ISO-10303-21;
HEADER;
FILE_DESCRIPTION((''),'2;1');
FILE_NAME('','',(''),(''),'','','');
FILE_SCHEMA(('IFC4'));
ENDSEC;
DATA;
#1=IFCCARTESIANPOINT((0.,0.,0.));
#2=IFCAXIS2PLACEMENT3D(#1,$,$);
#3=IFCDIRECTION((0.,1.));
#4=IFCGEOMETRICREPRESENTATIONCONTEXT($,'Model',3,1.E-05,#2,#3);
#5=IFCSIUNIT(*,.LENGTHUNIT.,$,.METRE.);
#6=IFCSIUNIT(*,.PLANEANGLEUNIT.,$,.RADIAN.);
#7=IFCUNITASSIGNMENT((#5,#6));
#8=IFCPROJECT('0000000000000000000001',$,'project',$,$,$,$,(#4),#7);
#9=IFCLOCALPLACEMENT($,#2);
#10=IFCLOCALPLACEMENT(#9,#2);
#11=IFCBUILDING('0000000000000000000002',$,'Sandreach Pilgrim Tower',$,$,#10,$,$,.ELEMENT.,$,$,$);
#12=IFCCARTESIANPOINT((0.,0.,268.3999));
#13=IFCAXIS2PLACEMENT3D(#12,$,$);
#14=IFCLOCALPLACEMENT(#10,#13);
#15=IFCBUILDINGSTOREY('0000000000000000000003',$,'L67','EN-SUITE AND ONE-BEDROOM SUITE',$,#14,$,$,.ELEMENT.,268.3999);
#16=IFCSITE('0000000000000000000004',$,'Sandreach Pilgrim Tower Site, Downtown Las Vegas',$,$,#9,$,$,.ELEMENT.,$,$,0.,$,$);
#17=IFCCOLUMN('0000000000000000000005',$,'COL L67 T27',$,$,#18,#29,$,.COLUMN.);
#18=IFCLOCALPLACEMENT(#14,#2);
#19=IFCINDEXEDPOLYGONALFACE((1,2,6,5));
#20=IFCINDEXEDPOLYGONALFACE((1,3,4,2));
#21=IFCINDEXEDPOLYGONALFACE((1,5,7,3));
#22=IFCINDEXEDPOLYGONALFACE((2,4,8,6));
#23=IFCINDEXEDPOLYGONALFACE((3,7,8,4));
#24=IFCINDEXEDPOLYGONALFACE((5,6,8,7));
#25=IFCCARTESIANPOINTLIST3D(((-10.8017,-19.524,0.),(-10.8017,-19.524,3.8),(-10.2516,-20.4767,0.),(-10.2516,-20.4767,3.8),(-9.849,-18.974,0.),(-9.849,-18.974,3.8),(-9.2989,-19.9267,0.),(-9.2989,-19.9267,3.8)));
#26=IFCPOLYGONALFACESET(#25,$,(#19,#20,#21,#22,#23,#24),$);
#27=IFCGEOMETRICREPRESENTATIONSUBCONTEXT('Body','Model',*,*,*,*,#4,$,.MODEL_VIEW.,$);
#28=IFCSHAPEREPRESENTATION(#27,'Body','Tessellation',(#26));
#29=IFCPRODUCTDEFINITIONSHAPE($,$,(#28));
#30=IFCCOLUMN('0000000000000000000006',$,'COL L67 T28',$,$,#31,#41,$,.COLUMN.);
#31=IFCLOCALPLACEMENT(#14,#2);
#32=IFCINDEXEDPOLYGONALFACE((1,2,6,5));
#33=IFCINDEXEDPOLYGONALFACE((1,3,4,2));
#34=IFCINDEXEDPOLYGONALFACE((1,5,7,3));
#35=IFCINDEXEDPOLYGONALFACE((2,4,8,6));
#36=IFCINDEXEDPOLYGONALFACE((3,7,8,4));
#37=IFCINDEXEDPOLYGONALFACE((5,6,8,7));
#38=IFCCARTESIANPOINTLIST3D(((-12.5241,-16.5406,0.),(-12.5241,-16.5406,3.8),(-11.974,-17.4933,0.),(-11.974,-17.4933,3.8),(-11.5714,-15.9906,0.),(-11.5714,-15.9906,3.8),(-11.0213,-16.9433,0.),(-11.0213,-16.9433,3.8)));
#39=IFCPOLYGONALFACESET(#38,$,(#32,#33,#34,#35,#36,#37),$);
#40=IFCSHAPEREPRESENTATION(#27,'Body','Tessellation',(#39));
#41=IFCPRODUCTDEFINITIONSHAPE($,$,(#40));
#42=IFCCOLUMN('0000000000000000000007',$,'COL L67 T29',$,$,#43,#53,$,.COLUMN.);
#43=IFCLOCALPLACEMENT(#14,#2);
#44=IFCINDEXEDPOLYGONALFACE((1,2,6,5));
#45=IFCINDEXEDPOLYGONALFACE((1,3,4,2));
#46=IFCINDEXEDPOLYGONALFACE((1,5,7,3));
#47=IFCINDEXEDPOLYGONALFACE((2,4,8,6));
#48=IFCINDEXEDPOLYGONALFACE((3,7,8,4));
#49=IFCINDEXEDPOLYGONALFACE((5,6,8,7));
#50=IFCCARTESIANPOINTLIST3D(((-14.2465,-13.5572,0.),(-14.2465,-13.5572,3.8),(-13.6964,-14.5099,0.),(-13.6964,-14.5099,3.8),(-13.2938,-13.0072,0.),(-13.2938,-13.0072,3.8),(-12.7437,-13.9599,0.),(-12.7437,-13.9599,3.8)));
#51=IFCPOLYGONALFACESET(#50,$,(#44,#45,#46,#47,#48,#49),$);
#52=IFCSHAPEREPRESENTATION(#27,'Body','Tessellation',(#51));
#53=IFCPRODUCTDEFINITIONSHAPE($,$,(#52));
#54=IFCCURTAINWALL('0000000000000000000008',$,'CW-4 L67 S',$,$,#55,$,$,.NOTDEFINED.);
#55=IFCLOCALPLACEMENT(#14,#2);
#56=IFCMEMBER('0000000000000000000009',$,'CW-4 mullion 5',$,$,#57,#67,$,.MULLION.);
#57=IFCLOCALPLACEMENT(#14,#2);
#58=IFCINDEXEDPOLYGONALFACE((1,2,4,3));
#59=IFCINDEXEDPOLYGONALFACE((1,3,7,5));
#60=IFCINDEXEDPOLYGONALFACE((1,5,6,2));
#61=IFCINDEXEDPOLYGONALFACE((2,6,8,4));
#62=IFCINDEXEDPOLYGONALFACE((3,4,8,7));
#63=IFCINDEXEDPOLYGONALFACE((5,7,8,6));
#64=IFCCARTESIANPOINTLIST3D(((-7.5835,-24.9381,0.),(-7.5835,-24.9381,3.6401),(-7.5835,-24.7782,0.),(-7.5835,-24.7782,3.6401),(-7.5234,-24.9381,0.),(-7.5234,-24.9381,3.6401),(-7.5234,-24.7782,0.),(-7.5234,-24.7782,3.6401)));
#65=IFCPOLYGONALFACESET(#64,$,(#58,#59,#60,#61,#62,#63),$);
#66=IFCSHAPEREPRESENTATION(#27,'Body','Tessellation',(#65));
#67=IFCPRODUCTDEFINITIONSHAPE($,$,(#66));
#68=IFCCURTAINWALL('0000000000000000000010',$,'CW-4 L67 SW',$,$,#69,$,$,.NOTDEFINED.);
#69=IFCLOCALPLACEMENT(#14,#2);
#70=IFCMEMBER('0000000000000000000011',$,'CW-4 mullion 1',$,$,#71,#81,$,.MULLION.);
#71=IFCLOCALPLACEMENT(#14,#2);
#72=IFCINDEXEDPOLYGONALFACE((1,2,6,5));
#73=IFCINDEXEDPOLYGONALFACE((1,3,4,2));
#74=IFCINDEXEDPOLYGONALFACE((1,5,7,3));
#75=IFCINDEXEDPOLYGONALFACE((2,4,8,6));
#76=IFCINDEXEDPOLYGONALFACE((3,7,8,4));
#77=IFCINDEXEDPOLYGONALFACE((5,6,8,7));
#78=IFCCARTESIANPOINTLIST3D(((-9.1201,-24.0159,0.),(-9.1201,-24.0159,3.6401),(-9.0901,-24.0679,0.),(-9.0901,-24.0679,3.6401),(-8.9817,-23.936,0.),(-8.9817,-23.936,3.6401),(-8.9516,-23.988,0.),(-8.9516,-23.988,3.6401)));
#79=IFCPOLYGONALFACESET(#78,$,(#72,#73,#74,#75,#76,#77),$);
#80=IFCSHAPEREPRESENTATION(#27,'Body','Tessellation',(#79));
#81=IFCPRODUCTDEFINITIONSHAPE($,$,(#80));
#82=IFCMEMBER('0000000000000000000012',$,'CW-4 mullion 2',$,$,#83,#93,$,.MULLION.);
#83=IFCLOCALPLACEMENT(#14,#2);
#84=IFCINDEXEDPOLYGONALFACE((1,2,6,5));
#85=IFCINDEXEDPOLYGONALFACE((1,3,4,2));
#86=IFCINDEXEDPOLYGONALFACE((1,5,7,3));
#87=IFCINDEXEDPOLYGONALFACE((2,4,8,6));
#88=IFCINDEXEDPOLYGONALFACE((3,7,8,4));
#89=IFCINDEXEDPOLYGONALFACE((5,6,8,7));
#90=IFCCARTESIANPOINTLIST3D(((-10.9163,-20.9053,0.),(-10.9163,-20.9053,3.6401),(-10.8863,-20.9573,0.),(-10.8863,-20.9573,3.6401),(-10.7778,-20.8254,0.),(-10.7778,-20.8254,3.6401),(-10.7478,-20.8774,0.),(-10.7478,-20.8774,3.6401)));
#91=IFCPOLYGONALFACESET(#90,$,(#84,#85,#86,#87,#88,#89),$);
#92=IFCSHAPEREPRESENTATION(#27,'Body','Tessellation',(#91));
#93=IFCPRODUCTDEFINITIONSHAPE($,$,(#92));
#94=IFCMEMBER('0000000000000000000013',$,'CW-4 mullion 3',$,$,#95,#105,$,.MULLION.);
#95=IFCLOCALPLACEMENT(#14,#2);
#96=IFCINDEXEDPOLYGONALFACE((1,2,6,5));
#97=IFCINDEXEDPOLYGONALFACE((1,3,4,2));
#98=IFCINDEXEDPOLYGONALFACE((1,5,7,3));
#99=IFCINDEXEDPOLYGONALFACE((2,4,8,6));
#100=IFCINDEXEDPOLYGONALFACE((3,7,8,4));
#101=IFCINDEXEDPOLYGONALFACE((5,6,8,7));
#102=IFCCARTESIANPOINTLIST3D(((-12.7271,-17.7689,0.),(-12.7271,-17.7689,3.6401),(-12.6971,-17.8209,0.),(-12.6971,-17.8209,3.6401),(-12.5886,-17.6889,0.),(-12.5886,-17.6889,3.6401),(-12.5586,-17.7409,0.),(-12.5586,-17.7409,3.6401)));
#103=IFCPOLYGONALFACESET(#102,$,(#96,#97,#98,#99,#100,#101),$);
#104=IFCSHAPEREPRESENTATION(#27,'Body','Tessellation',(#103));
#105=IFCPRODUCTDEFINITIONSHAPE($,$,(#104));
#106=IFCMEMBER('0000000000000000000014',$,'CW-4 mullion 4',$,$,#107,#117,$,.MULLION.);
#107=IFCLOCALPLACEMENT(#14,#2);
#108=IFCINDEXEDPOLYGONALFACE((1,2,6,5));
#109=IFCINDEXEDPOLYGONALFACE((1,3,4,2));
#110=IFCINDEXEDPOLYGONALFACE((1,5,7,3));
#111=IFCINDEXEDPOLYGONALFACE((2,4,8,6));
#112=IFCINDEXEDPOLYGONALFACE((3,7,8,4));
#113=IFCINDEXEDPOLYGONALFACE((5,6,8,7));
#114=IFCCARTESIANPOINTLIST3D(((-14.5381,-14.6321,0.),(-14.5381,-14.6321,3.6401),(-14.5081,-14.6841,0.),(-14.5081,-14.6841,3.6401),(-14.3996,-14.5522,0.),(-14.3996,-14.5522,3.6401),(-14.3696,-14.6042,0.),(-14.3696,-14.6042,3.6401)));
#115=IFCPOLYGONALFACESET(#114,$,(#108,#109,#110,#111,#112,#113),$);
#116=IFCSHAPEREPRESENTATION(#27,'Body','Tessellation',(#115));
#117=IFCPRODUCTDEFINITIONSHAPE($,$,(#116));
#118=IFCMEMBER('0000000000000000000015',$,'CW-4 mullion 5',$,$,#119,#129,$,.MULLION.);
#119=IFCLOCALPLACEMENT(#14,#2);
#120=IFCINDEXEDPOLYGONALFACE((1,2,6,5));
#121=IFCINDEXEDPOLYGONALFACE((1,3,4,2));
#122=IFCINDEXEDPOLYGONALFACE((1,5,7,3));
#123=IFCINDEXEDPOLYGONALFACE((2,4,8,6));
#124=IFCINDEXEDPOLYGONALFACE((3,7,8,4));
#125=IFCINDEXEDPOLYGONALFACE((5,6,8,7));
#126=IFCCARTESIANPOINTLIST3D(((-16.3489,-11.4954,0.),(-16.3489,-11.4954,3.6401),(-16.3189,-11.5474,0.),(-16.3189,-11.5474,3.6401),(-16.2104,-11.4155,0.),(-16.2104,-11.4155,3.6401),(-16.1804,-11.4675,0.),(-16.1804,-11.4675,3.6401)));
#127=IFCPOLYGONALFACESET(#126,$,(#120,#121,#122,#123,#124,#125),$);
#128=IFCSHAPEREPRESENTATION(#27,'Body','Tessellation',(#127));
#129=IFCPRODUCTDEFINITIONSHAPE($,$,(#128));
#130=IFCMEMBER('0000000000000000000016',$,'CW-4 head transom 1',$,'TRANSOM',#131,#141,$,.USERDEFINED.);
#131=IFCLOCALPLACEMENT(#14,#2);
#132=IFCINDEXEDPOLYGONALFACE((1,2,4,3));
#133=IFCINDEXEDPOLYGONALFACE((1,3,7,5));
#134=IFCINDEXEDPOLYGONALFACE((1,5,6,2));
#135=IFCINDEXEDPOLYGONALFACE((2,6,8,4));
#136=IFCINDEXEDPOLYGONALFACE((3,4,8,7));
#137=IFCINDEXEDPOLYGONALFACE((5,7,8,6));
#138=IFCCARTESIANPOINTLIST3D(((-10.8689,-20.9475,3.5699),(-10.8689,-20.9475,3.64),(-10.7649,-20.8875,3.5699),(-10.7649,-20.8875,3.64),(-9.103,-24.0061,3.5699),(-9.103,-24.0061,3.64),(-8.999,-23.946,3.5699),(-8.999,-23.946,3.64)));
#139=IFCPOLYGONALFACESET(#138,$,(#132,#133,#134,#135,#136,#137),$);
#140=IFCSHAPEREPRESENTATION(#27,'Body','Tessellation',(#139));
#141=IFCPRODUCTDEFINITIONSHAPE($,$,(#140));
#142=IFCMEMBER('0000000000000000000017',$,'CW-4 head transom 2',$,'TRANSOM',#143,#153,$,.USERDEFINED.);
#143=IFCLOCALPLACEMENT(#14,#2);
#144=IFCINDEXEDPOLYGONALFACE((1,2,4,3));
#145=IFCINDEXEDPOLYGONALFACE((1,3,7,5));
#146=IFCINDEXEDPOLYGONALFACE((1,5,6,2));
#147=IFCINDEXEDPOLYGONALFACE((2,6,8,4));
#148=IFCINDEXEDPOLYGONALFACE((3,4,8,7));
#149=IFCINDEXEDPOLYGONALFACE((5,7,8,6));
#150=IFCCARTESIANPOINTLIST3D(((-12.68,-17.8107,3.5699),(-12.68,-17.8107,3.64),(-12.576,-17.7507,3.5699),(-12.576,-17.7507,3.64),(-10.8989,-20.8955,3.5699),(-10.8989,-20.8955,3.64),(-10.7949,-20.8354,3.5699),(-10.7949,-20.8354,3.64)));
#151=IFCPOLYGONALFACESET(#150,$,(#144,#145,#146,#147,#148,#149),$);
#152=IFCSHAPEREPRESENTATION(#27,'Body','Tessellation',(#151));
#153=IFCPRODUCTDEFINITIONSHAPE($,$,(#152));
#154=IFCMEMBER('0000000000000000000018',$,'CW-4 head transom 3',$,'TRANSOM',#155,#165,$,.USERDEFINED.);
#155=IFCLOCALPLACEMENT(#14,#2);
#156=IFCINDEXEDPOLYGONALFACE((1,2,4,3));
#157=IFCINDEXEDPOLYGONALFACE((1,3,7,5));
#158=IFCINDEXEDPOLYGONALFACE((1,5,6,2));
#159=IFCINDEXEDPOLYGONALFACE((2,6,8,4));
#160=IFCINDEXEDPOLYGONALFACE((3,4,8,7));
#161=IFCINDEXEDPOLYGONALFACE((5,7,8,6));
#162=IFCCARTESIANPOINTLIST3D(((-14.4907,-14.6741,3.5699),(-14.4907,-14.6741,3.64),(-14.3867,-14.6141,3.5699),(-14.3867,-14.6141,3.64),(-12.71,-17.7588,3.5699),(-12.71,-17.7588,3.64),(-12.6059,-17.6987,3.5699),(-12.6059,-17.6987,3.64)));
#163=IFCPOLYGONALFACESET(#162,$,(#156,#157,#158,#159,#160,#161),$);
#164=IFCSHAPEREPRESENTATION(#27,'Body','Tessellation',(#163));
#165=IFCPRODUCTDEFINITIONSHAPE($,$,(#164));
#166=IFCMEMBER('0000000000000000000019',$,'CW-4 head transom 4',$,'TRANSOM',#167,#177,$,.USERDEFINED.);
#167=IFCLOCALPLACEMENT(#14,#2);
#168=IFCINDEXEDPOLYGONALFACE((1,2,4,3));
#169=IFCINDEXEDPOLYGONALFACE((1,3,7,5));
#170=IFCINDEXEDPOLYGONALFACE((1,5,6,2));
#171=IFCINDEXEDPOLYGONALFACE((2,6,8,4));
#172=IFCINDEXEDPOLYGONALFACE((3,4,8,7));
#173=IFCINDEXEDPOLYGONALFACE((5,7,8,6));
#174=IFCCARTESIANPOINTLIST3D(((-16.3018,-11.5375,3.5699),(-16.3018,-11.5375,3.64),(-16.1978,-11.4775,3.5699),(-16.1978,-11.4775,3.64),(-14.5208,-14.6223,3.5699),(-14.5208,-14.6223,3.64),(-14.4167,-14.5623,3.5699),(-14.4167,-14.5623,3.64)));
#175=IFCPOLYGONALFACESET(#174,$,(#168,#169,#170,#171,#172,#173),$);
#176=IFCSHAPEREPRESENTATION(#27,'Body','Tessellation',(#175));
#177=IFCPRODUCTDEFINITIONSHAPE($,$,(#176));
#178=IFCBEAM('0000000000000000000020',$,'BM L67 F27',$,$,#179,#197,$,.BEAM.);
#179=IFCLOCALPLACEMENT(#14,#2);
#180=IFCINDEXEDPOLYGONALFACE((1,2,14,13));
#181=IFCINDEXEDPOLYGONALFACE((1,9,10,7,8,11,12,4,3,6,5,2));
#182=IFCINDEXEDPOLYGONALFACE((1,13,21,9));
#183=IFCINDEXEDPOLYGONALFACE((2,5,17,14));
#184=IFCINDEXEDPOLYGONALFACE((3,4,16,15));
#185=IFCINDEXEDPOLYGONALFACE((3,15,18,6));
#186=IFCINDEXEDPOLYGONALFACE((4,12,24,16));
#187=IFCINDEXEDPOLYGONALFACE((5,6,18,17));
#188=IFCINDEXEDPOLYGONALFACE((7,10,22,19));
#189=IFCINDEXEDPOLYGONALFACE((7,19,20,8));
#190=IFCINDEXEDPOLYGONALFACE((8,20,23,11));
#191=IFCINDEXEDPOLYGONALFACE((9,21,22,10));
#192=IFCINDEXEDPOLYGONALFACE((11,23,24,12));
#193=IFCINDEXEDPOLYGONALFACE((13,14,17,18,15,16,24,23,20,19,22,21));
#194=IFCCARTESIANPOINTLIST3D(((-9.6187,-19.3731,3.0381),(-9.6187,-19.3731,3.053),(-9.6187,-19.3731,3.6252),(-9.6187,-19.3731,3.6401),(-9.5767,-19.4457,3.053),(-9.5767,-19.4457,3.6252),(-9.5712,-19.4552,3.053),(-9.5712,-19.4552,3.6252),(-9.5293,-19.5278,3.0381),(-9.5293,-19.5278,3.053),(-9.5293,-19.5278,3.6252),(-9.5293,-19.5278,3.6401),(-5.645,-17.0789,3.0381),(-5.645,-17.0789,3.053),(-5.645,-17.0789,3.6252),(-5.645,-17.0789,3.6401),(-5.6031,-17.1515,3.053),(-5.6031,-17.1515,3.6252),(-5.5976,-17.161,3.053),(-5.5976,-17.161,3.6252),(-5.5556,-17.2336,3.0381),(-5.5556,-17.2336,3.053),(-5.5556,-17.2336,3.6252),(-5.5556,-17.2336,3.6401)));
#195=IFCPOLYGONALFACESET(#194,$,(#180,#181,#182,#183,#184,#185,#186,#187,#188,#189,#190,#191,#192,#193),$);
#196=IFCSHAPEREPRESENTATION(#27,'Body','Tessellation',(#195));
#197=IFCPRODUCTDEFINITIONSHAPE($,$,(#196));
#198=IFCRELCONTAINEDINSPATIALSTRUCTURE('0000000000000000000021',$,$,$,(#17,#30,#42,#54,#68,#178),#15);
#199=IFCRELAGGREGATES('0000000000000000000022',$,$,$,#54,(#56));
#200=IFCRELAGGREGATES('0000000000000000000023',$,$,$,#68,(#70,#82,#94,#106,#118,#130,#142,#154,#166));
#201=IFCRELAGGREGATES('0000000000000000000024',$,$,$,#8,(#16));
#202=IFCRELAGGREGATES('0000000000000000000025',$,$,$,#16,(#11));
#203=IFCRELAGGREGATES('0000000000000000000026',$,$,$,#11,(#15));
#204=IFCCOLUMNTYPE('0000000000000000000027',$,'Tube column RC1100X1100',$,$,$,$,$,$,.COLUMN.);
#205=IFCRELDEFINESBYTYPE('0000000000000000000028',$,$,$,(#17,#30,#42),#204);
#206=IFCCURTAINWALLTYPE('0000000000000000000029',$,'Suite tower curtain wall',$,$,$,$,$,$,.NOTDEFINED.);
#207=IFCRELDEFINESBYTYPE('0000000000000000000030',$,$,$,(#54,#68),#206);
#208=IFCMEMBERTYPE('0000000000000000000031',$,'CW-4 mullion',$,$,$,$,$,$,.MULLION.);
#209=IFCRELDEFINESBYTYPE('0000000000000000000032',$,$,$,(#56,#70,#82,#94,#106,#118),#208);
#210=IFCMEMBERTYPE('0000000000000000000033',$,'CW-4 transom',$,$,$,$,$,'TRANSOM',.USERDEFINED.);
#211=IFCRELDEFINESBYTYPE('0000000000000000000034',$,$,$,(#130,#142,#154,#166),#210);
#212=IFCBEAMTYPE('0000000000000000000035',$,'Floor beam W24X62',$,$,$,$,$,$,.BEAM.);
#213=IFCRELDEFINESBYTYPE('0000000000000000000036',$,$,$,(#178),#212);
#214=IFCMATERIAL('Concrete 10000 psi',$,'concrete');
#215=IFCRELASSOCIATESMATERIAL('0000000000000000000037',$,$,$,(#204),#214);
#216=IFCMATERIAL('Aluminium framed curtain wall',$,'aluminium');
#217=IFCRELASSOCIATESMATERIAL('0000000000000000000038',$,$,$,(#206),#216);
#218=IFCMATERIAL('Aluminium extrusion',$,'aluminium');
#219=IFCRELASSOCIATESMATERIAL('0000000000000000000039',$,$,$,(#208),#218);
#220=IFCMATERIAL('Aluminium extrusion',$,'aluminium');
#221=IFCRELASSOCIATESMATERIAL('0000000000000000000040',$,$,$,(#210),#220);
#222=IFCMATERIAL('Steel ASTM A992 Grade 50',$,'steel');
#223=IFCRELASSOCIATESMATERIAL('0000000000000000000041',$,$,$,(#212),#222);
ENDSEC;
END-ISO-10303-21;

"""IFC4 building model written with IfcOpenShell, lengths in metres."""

from ifc_helpers import new_model, si_unit, direction, frame, origin, origin_2d, place, context, subcontext, project, spatial, rectangle, i_section, extrude, material, material_profile, profile_set, type_object, element, aggregate, save


model = new_model("IFC4")

# Units and contexts
model_context = context("Model", 3, precision=1e-05, world=origin(), true_north=direction((0.0, 1.0)))
body_context = subcontext(model_context, "Body", "Model", "MODEL_VIEW")
ifc_project = project(units=[si_unit("LENGTHUNIT", "METRE"), si_unit("PLANEANGLEUNIT", "RADIAN")], contexts=[model_context])

# Site, building, storey
site_placement = place(None, origin())
site = spatial("IfcSite", under=ifc_project, at=site_placement, Name="Sandreach Pilgrim Tower Site, Downtown Las Vegas", CompositionType="ELEMENT", RefElevation=0.0)
building_placement = place(site_placement, origin())
building = spatial("IfcBuilding", under=site, at=building_placement, Name="Sandreach Pilgrim Tower", CompositionType="ELEMENT")
storey_placement = place(building_placement, frame((0.0, 0.0, 268.3999)))
storey = spatial("IfcBuildingStorey", under=building, at=storey_placement, Name="L67", Description="EN-SUITE AND ONE-BEDROOM SUITE", CompositionType="ELEMENT", Elevation=268.3999)

# Columns
ifc_material_1 = material(Name="Concrete 10000 psi", Category="concrete")
ifc_material_profile_1 = material_profile(ifc_material_1, rectangle(XDim=1.1001, YDim=1.1001, at=origin_2d()), Name="RC1100X1100")
ifc_profile_set_1 = profile_set([ifc_material_profile_1], Name="Concrete 10000 psi")
column_type = type_object("IfcColumnType", Name="Tube column RC1100X1100", PredefinedType="COLUMN", material=ifc_profile_set_1)
for number, where, z_axis, x_axis, name in (
    (1, (-10.0503, -19.7253, 0.0), (0.0, 0.0, 1.0), (-0.866025, -0.5, 0.0), "COL L67 T27"),
    (2, (-11.7727, -16.7419, 0.0), (0.0, 0.0, 1.0), (-0.866025, -0.5, 0.0), "COL L67 T28"),
    (3, (-13.4951, -13.7585, 0.0), (0.0, 0.0, 1.0), (-0.866025, -0.5, 0.0), "COL L67 T29"),
):
    element("IfcColumn", number, at=place(storey_placement, frame(where, z_axis=z_axis, x_axis=x_axis)), inside=storey, type_object=column_type, Name=name, PredefinedType="COLUMN", context=body_context, shape_type="SweptSolid", body=[
        extrude(rectangle(XDim=1.1001, YDim=1.1001, at=origin_2d()), origin(), (0.0, 0.0, 1.0), 3.8),
    ])

# Curtain wall, member
ifc_material_2 = material(Name="Aluminium framed curtain wall", Category="aluminium")
curtain_wall_type = type_object("IfcCurtainWallType", Name="Suite tower curtain wall", PredefinedType="NOTDEFINED", material=ifc_material_2)
curtain_wall_1_placement = place(storey_placement, origin())
curtain_wall_1 = element("IfcCurtainWall", 4, at=curtain_wall_1_placement, inside=storey, type_object=curtain_wall_type, Name="CW-4 L67 S", PredefinedType="NOTDEFINED")
ifc_material_3 = material(Name="Aluminium extrusion", Category="aluminium")
ifc_material_profile_2 = material_profile(ifc_material_3, rectangle(XDim=0.0601, YDim=0.1599, at=origin_2d()), Name="CW-4M 60X160")
ifc_profile_set_2 = profile_set([ifc_material_profile_2], Name="Aluminium extrusion")
member_type_1 = type_object("IfcMemberType", Name="CW-4 mullion", PredefinedType="MULLION", material=ifc_profile_set_2)
member_1_placement = place(storey_placement, frame((-7.5535, -24.8582, 0.0), z_axis=(0.0, 0.0, 1.0), x_axis=(-1.0, 0.0, 0.0)))
member_1 = element("IfcMember", 5, at=member_1_placement, type_object=member_type_1, Name="CW-4 mullion 5", PredefinedType="MULLION", context=body_context, shape_type="SweptSolid", body=[
    extrude(rectangle(XDim=0.0601, YDim=0.1599, at=origin_2d()), origin(), (0.0, 0.0, 1.0), 3.6401),
])
aggregate(curtain_wall_1, [member_1])

# Curtain wall, members
curtain_wall_2_placement = place(storey_placement, origin())
curtain_wall_2 = element("IfcCurtainWall", 6, at=curtain_wall_2_placement, inside=storey, type_object=curtain_wall_type, Name="CW-4 L67 SW", PredefinedType="NOTDEFINED")
member_2_placement = place(storey_placement, frame((-9.0359, -24.002, 0.0), z_axis=(0.0, 0.0, 1.0), x_axis=(-0.5, 0.866025, 0.0)))
member_2 = element("IfcMember", 7, at=member_2_placement, type_object=member_type_1, Name="CW-4 mullion 1", PredefinedType="MULLION", context=body_context, shape_type="SweptSolid", body=[
    extrude(rectangle(XDim=0.0601, YDim=0.1599, at=origin_2d()), origin(), (0.0, 0.0, 1.0), 3.6401),
])
member_3_placement = place(storey_placement, frame((-10.832, -20.8914, 0.0), z_axis=(0.0, 0.0, 1.0), x_axis=(-0.5, 0.866025, 0.0)))
member_3 = element("IfcMember", 8, at=member_3_placement, type_object=member_type_1, Name="CW-4 mullion 2", PredefinedType="MULLION", context=body_context, shape_type="SweptSolid", body=[
    extrude(rectangle(XDim=0.0601, YDim=0.1599, at=origin_2d()), origin(), (0.0, 0.0, 1.0), 3.6401),
])
member_4_placement = place(storey_placement, frame((-12.6428, -17.7549, 0.0), z_axis=(0.0, 0.0, 1.0), x_axis=(-0.5, 0.866025, 0.0)))
member_4 = element("IfcMember", 9, at=member_4_placement, type_object=member_type_1, Name="CW-4 mullion 3", PredefinedType="MULLION", context=body_context, shape_type="SweptSolid", body=[
    extrude(rectangle(XDim=0.0601, YDim=0.1599, at=origin_2d()), origin(), (0.0, 0.0, 1.0), 3.6401),
])
member_5_placement = place(storey_placement, frame((-14.4539, -14.6182, 0.0), z_axis=(0.0, 0.0, 1.0), x_axis=(-0.5, 0.866025, 0.0)))
member_5 = element("IfcMember", 10, at=member_5_placement, type_object=member_type_1, Name="CW-4 mullion 4", PredefinedType="MULLION", context=body_context, shape_type="SweptSolid", body=[
    extrude(rectangle(XDim=0.0601, YDim=0.1599, at=origin_2d()), origin(), (0.0, 0.0, 1.0), 3.6401),
])
member_6_placement = place(storey_placement, frame((-16.2646, -11.4814, 0.0), z_axis=(0.0, 0.0, 1.0), x_axis=(-0.5, 0.866025, 0.0)))
member_6 = element("IfcMember", 11, at=member_6_placement, type_object=member_type_1, Name="CW-4 mullion 5", PredefinedType="MULLION", context=body_context, shape_type="SweptSolid", body=[
    extrude(rectangle(XDim=0.0601, YDim=0.1599, at=origin_2d()), origin(), (0.0, 0.0, 1.0), 3.6401),
])
ifc_material_4 = material(Name="Aluminium extrusion", Category="aluminium")
ifc_material_profile_3 = material_profile(ifc_material_4, rectangle(XDim=0.1201, YDim=0.0701, at=origin_2d()), Name="CW-4T 120X70")
ifc_profile_set_3 = profile_set([ifc_material_profile_3], Name="Aluminium extrusion")
member_type_2 = type_object("IfcMemberType", Name="CW-4 transom", ElementType="TRANSOM", PredefinedType="USERDEFINED", material=ifc_profile_set_3)
member_7_placement = place(storey_placement, frame((-9.051, -23.9761, 3.605), z_axis=(-0.499998, 0.866027, 0.0), x_axis=(-0.866027, -0.499998, 0.0)))
member_7 = element("IfcMember", 12, at=member_7_placement, type_object=member_type_2, Name="CW-4 head transom 1", ObjectType="TRANSOM", PredefinedType="USERDEFINED", context=body_context, shape_type="SweptSolid", body=[
    extrude(rectangle(XDim=0.1201, YDim=0.0701, at=origin_2d()), origin(), (0.0, 0.0, 1.0), 3.5317),
])
member_8_placement = place(storey_placement, frame((-10.8469, -20.8655, 3.605), z_axis=(-0.500009, 0.86602, 0.0), x_axis=(-0.86602, -0.500009, 0.0)))
member_8 = element("IfcMember", 13, at=member_8_placement, type_object=member_type_2, Name="CW-4 head transom 2", ObjectType="TRANSOM", PredefinedType="USERDEFINED", context=body_context, shape_type="SweptSolid", body=[
    extrude(rectangle(XDim=0.1201, YDim=0.0701, at=origin_2d()), origin(), (0.0, 0.0, 1.0), 3.562),
])
member_9_placement = place(storey_placement, frame((-12.658, -17.7288, 3.605), z_axis=(-0.499958, 0.86605, 0.0), x_axis=(-0.86605, -0.499958, 0.0)))
member_9 = element("IfcMember", 14, at=member_9_placement, type_object=member_type_2, Name="CW-4 head transom 3", ObjectType="TRANSOM", PredefinedType="USERDEFINED", context=body_context, shape_type="SweptSolid", body=[
    extrude(rectangle(XDim=0.1201, YDim=0.0701, at=origin_2d()), origin(), (0.0, 0.0, 1.0), 3.5618),
])
member_10_placement = place(storey_placement, frame((-14.4688, -14.5923, 3.605), z_axis=(-0.500009, 0.86602, 0.0), x_axis=(-0.86602, -0.500009, 0.0)))
member_10 = element("IfcMember", 15, at=member_10_placement, type_object=member_type_2, Name="CW-4 head transom 4", ObjectType="TRANSOM", PredefinedType="USERDEFINED", context=body_context, shape_type="SweptSolid", body=[
    extrude(rectangle(XDim=0.1201, YDim=0.0701, at=origin_2d()), origin(), (0.0, 0.0, 1.0), 3.562),
])

# Beam
ifc_material_5 = material(Name="Steel ASTM A992 Grade 50", Category="steel")
ifc_material_profile_4 = material_profile(ifc_material_5, i_section(OverallWidth=0.1787, OverallDepth=0.6021, WebThickness=0.011, FlangeThickness=0.0149, at=origin_2d()), Name="W24X62")
ifc_profile_set_4 = profile_set([ifc_material_profile_4], Name="Steel ASTM A992 Grade 50")
beam_type_1 = type_object("IfcBeamType", Name="Floor beam W24X62", PredefinedType="BEAM", material=ifc_profile_set_4)
beam_1_placement = place(storey_placement, frame((-9.574, -19.4504, 3.3391), z_axis=(0.866024, 0.500002, 0.0), x_axis=(-0.500002, 0.866024, 0.0)))
element("IfcBeam", 16, at=beam_1_placement, inside=storey, type_object=beam_type_1, Name="BM L67 F27", PredefinedType="BEAM", context=body_context, shape_type="SweptSolid", body=[
    extrude(i_section(OverallWidth=0.1787, OverallDepth=0.6021, WebThickness=0.011, FlangeThickness=0.0149, at=origin_2d()), origin(), (0.0, 0.0, 1.0), 4.5884),
])

aggregate(curtain_wall_2, [member_2, member_3, member_4, member_5, member_6, member_7, member_8, member_9, member_10])

save(model, "model.ifc")
